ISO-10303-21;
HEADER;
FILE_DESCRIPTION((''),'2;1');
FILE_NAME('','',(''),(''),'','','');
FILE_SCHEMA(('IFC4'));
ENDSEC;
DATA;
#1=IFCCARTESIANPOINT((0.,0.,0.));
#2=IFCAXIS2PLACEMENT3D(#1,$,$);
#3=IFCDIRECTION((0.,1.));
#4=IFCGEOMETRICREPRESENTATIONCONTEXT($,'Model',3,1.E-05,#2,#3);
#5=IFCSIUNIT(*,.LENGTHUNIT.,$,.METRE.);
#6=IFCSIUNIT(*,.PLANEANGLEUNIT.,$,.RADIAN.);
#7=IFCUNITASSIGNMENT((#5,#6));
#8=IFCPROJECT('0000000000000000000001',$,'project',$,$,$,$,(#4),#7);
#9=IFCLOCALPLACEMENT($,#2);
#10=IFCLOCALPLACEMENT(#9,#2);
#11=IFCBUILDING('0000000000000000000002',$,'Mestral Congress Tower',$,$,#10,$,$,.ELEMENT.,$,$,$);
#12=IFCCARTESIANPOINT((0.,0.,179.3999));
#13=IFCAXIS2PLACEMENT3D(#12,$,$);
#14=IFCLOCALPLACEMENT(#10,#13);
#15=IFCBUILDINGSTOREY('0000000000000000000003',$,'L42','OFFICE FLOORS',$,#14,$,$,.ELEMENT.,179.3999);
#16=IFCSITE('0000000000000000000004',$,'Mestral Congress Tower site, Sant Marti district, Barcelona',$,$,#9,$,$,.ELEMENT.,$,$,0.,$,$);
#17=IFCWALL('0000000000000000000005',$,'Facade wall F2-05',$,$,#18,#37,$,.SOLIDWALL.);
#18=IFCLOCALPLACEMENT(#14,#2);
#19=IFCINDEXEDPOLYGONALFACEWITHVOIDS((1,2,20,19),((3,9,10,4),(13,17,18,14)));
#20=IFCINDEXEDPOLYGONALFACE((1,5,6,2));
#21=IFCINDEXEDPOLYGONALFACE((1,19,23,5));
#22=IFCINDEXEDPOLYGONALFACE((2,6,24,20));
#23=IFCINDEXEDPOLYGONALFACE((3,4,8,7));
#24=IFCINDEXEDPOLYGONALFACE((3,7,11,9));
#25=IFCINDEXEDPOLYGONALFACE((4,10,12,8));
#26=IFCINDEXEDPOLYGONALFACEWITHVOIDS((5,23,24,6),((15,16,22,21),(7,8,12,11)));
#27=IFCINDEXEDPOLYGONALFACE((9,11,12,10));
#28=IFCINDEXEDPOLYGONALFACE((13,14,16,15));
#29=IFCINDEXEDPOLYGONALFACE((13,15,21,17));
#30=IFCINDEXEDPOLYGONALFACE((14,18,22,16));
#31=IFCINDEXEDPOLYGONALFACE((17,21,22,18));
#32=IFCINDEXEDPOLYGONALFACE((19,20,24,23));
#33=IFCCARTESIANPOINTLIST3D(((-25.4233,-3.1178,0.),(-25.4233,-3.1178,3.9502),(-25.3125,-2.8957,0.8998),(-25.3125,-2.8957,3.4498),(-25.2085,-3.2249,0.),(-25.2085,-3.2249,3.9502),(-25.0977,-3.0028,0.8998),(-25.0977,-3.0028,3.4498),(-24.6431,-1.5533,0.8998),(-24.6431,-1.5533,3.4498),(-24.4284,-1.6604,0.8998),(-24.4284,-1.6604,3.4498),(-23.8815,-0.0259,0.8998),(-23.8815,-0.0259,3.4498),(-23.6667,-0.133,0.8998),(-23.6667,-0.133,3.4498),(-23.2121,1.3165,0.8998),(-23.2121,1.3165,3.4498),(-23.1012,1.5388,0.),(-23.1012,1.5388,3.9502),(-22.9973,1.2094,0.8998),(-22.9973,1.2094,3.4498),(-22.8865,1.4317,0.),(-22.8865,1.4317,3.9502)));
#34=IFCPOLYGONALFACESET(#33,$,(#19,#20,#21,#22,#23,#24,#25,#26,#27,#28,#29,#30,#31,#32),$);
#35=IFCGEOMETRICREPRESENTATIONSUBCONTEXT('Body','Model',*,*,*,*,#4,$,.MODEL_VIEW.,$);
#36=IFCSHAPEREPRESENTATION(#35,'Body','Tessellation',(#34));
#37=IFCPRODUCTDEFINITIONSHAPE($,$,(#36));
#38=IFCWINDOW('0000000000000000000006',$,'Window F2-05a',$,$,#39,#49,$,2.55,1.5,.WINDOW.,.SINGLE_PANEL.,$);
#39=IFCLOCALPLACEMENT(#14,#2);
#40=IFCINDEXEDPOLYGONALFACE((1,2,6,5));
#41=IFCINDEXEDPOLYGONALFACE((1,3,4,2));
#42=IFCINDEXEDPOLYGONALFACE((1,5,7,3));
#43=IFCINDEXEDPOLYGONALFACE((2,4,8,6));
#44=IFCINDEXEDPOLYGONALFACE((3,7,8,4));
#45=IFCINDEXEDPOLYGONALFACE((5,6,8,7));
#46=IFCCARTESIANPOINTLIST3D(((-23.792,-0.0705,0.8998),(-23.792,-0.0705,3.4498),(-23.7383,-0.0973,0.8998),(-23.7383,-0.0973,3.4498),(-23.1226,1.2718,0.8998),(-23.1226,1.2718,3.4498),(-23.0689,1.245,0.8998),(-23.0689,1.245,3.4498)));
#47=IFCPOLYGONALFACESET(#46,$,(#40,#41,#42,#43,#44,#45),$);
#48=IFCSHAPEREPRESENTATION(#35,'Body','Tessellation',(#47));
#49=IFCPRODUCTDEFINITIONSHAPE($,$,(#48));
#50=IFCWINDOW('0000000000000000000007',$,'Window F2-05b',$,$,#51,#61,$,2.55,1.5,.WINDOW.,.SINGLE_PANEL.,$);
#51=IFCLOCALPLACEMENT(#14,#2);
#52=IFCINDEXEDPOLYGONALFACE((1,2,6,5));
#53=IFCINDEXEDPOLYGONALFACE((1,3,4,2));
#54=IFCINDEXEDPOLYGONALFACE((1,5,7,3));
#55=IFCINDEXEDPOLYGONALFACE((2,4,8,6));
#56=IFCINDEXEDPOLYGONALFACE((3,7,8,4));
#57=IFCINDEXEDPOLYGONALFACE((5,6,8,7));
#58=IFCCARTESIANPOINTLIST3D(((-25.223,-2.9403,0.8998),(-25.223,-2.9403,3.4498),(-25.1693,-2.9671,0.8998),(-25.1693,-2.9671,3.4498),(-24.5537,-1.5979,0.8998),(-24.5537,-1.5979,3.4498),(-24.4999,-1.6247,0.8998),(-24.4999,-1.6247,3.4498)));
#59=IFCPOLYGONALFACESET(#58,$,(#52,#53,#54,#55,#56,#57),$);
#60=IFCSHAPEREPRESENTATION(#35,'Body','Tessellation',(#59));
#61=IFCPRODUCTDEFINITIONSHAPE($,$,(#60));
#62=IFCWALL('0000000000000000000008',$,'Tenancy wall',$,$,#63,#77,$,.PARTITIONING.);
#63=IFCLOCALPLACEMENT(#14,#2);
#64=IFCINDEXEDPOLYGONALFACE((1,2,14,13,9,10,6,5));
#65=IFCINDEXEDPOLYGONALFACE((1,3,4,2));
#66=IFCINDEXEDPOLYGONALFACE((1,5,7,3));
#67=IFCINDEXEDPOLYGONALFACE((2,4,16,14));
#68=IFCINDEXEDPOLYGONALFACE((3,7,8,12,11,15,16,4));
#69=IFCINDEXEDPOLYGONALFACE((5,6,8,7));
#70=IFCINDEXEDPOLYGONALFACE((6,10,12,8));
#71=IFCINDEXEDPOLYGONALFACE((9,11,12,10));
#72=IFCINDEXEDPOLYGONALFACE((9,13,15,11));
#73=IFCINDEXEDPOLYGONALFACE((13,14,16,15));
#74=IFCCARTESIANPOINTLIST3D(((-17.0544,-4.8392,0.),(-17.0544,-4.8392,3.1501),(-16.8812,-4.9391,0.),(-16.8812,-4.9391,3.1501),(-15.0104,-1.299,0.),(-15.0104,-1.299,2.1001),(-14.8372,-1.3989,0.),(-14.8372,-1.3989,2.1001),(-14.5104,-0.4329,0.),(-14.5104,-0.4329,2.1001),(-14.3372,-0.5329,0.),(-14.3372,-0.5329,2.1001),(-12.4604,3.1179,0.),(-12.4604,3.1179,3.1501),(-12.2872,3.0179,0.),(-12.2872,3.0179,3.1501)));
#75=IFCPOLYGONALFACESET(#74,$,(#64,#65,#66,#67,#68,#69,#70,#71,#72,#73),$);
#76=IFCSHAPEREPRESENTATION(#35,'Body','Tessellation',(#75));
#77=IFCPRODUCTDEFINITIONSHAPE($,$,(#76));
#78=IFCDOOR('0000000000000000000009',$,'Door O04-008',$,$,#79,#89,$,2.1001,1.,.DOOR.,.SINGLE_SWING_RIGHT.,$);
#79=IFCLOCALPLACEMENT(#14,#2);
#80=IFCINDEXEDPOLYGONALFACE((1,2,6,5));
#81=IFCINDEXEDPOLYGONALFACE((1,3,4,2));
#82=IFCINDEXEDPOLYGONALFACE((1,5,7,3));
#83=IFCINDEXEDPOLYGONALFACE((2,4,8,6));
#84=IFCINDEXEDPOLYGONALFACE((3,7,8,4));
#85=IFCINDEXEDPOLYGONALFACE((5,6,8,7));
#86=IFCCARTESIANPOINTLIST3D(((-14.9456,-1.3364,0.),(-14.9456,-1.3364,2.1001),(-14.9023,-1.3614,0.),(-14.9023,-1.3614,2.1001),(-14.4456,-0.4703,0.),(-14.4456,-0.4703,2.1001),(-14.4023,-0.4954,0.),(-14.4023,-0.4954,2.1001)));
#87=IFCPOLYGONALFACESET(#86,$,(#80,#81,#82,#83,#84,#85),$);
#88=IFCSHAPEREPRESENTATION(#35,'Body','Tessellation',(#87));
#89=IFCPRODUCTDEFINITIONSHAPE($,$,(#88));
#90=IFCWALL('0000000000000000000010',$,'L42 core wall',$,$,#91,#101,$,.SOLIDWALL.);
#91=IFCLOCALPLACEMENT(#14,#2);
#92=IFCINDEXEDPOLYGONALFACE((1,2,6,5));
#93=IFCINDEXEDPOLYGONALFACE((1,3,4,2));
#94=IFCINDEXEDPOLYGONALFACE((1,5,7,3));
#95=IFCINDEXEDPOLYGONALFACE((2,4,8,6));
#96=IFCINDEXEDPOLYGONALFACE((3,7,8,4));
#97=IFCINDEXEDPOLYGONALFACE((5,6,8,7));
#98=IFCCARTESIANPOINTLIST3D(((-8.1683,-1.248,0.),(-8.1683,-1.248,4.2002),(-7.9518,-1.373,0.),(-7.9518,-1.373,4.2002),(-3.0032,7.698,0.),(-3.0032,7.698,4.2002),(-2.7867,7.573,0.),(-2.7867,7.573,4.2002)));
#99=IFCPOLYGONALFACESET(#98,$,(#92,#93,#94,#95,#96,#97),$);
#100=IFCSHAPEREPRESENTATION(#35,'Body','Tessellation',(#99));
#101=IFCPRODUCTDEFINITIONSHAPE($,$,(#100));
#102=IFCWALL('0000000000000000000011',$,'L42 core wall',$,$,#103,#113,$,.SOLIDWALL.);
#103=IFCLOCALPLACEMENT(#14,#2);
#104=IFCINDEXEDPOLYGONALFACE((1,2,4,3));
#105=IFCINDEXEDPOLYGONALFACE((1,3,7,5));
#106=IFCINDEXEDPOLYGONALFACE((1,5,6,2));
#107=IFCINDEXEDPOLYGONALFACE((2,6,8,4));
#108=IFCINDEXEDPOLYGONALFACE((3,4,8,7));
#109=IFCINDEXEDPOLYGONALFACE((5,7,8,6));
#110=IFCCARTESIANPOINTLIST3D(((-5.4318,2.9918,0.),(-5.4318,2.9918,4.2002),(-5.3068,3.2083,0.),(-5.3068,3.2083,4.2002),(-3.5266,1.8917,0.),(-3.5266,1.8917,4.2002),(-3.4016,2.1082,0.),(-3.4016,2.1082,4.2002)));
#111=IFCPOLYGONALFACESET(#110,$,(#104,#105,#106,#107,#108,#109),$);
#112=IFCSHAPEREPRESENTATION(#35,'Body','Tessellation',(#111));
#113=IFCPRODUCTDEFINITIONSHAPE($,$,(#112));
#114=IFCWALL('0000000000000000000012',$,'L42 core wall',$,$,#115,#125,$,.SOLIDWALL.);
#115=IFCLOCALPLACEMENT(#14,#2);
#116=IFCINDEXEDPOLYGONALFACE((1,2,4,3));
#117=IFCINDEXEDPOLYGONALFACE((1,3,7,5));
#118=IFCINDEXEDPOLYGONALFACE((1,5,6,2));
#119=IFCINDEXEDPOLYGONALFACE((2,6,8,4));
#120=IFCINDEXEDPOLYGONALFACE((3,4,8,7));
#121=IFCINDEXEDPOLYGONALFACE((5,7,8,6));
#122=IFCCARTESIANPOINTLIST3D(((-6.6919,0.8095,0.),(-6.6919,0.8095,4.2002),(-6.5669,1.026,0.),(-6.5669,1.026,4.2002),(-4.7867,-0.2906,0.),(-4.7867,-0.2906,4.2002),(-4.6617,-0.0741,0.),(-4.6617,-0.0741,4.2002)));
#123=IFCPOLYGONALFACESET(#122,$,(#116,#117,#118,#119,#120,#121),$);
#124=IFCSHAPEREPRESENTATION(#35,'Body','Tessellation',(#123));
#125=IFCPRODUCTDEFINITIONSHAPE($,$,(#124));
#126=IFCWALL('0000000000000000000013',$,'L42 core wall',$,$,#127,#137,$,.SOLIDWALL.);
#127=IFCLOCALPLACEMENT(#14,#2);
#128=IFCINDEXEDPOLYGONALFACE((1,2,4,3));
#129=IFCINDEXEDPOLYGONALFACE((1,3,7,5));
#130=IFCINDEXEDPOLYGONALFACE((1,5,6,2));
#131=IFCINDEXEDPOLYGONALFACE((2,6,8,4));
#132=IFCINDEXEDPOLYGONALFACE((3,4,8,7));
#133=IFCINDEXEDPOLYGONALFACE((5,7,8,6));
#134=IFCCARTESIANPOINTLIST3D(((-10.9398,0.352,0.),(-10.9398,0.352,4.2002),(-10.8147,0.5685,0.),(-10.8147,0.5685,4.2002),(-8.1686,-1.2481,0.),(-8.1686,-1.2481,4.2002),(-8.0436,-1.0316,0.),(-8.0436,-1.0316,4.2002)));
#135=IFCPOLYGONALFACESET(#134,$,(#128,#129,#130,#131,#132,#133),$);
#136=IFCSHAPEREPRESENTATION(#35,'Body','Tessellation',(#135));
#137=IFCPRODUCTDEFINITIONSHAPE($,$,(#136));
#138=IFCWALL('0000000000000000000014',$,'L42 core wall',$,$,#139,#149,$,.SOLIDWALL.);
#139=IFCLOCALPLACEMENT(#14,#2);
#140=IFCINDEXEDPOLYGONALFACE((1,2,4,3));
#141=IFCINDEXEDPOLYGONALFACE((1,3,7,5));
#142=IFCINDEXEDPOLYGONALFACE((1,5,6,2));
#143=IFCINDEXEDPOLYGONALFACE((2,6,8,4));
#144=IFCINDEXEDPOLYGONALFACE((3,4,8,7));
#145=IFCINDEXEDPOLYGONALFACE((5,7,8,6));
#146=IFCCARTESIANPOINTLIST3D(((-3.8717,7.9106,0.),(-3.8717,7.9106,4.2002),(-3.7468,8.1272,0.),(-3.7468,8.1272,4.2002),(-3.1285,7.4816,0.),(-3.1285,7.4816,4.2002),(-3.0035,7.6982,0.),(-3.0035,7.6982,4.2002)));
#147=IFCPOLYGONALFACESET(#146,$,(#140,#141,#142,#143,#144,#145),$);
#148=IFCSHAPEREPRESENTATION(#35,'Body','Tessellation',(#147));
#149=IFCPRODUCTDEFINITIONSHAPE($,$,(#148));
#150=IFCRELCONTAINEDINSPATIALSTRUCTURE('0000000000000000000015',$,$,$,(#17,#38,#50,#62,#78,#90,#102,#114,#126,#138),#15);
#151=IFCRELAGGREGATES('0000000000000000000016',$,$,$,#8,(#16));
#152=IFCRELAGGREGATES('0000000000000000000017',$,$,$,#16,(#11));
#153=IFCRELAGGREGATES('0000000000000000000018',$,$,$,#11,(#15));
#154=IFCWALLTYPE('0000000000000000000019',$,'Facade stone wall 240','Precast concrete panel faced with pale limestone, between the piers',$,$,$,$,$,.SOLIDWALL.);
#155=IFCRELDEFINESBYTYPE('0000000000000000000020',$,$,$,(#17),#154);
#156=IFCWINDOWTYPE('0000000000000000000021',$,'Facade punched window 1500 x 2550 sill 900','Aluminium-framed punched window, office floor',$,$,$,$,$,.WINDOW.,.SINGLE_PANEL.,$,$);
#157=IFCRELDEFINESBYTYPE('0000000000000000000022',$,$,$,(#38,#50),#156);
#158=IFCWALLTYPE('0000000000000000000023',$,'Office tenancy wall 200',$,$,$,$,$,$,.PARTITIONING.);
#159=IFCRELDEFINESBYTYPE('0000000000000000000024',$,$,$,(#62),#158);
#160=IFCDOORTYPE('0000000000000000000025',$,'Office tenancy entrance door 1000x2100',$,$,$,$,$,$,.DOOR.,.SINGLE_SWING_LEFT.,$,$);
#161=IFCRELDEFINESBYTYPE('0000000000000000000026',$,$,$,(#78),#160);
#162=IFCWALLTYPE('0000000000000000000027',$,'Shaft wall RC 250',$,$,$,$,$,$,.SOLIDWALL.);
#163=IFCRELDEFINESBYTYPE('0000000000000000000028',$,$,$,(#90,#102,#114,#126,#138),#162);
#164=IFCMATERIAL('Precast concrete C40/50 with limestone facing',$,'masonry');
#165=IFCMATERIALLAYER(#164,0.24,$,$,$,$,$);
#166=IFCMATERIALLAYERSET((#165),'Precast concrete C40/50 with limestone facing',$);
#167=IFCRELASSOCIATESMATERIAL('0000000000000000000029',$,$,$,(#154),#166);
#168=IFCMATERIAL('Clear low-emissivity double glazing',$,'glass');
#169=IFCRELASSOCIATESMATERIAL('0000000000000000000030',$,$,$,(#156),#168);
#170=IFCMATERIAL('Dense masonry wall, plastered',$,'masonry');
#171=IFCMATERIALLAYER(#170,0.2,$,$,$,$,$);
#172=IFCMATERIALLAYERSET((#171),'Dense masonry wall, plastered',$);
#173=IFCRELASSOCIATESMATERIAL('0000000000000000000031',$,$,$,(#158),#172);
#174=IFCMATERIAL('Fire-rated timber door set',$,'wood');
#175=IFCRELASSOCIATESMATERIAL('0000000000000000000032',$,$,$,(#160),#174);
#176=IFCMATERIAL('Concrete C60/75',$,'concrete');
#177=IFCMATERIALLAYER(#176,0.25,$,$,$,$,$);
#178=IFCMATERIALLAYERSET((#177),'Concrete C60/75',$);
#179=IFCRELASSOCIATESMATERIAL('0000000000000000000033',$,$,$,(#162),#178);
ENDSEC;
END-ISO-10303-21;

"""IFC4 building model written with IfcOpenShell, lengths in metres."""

from ifc_helpers import new_model, si_unit, direction, frame, frame_2d, origin, place, context, subcontext, project, spatial, rectangle, extrude, material, layer, layer_set, type_object, element, fill, save


model = new_model("IFC4")

# Units and contexts
model_context = context("Model", 3, precision=1e-05, world=origin(), true_north=direction((0.0, 1.0)))
body_context = subcontext(model_context, "Body", "Model", "MODEL_VIEW")
ifc_project = project(units=[si_unit("LENGTHUNIT", "METRE"), si_unit("PLANEANGLEUNIT", "RADIAN")], contexts=[model_context])

# Site, building, storey
site_placement = place(None, origin())
site = spatial("IfcSite", under=ifc_project, at=site_placement, Name="Mestral Congress Tower site, Sant Marti district, Barcelona", CompositionType="ELEMENT", RefElevation=0.0)
building_placement = place(site_placement, origin())
building = spatial("IfcBuilding", under=site, at=building_placement, Name="Mestral Congress Tower", CompositionType="ELEMENT")
storey_placement = place(building_placement, frame((0.0, 0.0, 179.3999)))
storey = spatial("IfcBuildingStorey", under=building, at=storey_placement, Name="L42", Description="OFFICE FLOORS", CompositionType="ELEMENT", Elevation=179.3999)

# Shared definitions
ifc_material_1 = material(Name="Concrete C60/75", Category="concrete")

# Wall, openings, windows
ifc_material_2 = material(Name="Precast concrete C40/50 with limestone facing", Category="masonry")
ifc_layer_1 = layer(ifc_material_2, 0.24)
ifc_layer_set_1 = layer_set([ifc_layer_1], Name="Precast concrete C40/50 with limestone facing")
wall_type_1 = type_object("IfcWallType", Name="Facade stone wall 240", Description="Precast concrete panel faced with pale limestone, between the piers", PredefinedType="SOLIDWALL", material=ifc_layer_set_1)
ifc_material_3 = material(Name="Clear low-emissivity double glazing", Category="glass")
window_type = type_object("IfcWindowType", Name="Facade punched window 1500 x 2550 sill 900", Description="Aluminium-framed punched window, office floor", PartitioningType="SINGLE_PANEL", PredefinedType="WINDOW", material=ifc_material_3)
wall_1_placement = place(storey_placement, frame((-22.9939, 1.4851, 0.0), z_axis=(0.0, 0.0, 1.0), x_axis=(-0.446256, -0.894905, 0.0)))
wall_1 = element("IfcWall", 1, at=wall_1_placement, inside=storey, type_object=wall_type_1, Name="Facade wall F2-05", PredefinedType="SOLIDWALL", context=body_context, shape_type="SweptSolid", body=[
    extrude(rectangle(XDim=5.2034, YDim=0.24, at=frame_2d((2.6016, 0.0))), origin(), (0.0, 0.0, 1.0), 3.9502),
])
opening_1_placement = place(wall_1_placement, frame((0.2483, 0.0, 0.8999)))
opening_1 = element("IfcOpeningElement", 2, at=opening_1_placement, cuts=wall_1, PredefinedType="OPENING", context=body_context, shape_type="SweptSolid", body=[
    extrude(rectangle(XDim=1.5, YDim=2.55, at=frame_2d((0.75, 1.2749))), frame((0.0, 0.1299, 0.0), z_axis=(0.0, -1.0, 0.0), x_axis=(1.0, 0.0, 0.0)), (0.0, 0.0, 1.0), 0.26),
])
opening_2_placement = place(wall_1_placement, frame((3.4551, 0.0, 0.8999)))
opening_2 = element("IfcOpeningElement", 3, at=opening_2_placement, cuts=wall_1, PredefinedType="OPENING", context=body_context, shape_type="SweptSolid", body=[
    extrude(rectangle(XDim=1.5, YDim=2.55, at=frame_2d((0.75, 1.2749))), frame((0.0, 0.1299, 0.0), z_axis=(0.0, -1.0, 0.0), x_axis=(1.0, 0.0, 0.0)), (0.0, 0.0, 1.0), 0.26),
])
window_1_placement = place(opening_1_placement, origin())
window_1 = element("IfcWindow", 4, at=window_1_placement, inside=storey, type_object=window_type, Name="Window F2-05a", OverallHeight=2.55, OverallWidth=1.5, PartitioningType="SINGLE_PANEL", PredefinedType="WINDOW", context=body_context, shape_type="SweptSolid", body=[
    extrude(rectangle(XDim=1.5, YDim=2.55, at=frame_2d((0.75, 1.2749))), frame((0.0, 0.04, 0.0), z_axis=(0.0, -1.0, 0.0), x_axis=(1.0, 0.0, 0.0)), (0.0, 0.0, 1.0), 0.0601),
])
fill(opening_1, window_1)
window_2_placement = place(opening_2_placement, origin())
window_2 = element("IfcWindow", 5, at=window_2_placement, inside=storey, type_object=window_type, Name="Window F2-05b", OverallHeight=2.55, OverallWidth=1.5, PartitioningType="SINGLE_PANEL", PredefinedType="WINDOW", context=body_context, shape_type="SweptSolid", body=[
    extrude(rectangle(XDim=1.5, YDim=2.55, at=frame_2d((0.75, 1.2749))), frame((0.0, 0.04, 0.0), z_axis=(0.0, -1.0, 0.0), x_axis=(1.0, 0.0, 0.0)), (0.0, 0.0, 1.0), 0.0601),
])
fill(opening_2, window_2)

# Wall, opening, door
ifc_material_4 = material(Name="Dense masonry wall, plastered", Category="masonry")
ifc_layer_2 = layer(ifc_material_4, 0.2)
ifc_layer_set_2 = layer_set([ifc_layer_2], Name="Dense masonry wall, plastered")
wall_type_2 = type_object("IfcWallType", Name="Office tenancy wall 200", PredefinedType="PARTITIONING", material=ifc_layer_set_2)
wall_2_placement = place(storey_placement, frame((-12.3738, 3.0679, 0.0), z_axis=(0.0, 0.0, 1.0), x_axis=(-0.5, -0.866025, 0.0)))
wall_2 = element("IfcWall", 6, at=wall_2_placement, inside=storey, type_object=wall_type_2, Name="Tenancy wall", PredefinedType="PARTITIONING", context=body_context, shape_type="SweptSolid", body=[
    extrude(rectangle(XDim=9.188, YDim=0.2, at=frame_2d((4.594, 0.0))), origin(), (0.0, 0.0, 1.0), 3.1501),
])
opening_3_placement = place(wall_2_placement, frame((4.1001, 0.0, 0.0)))
opening_3 = element("IfcOpeningElement", 7, at=opening_3_placement, cuts=wall_2, PredefinedType="OPENING", context=body_context, shape_type="SweptSolid", body=[
    extrude(rectangle(XDim=1.0, YDim=2.1001, at=frame_2d((0.5, 1.05))), frame((0.0, 0.1099, 0.0), z_axis=(0.0, -1.0, 0.0), x_axis=(1.0, 0.0, 0.0)), (0.0, 0.0, 1.0), 0.22),
])
ifc_material_5 = material(Name="Fire-rated timber door set", Category="wood")
door_type_1 = type_object("IfcDoorType", Name="Office tenancy entrance door 1000x2100", OperationType="SINGLE_SWING_LEFT", PredefinedType="DOOR", material=ifc_material_5)
door_1_placement = place(opening_3_placement, origin())
door_1 = element("IfcDoor", 8, at=door_1_placement, inside=storey, type_object=door_type_1, Name="Door O04-008", OperationType="SINGLE_SWING_RIGHT", OverallHeight=2.1001, OverallWidth=1.0, PredefinedType="DOOR", context=body_context, shape_type="SweptSolid", body=[
    extrude(rectangle(XDim=1.0, YDim=2.1001, at=frame_2d((0.5, 1.05))), frame((0.0, 0.0249, 0.0), z_axis=(0.0, -1.0, 0.0), x_axis=(1.0, 0.0, 0.0)), (0.0, 0.0, 1.0), 0.05),
])
fill(opening_3, door_1)

# Walls
ifc_layer_3 = layer(ifc_material_1, 0.25)
ifc_layer_set_3 = layer_set([ifc_layer_3], Name="Concrete C60/75")
wall_type_3 = type_object("IfcWallType", Name="Shaft wall RC 250", PredefinedType="SOLIDWALL", material=ifc_layer_set_3)
wall_3_placement = place(storey_placement, frame((-8.0601, -1.3105, 0.0), z_axis=(0.0, 0.0, 1.0), x_axis=(0.500003, 0.866024, 0.0)))
element("IfcWall", 9, at=wall_3_placement, inside=storey, type_object=wall_type_3, Name="L42 core wall", PredefinedType="SOLIDWALL", context=body_context, shape_type="SweptSolid", body=[
    extrude(rectangle(XDim=10.3301, YDim=0.25, at=frame_2d((5.165, 0.0))), origin(), (0.0, 0.0, 1.0), 4.2002),
])
for number, where, z_axis, x_axis, name in (
    (10, (-5.3694, 3.1001, 0.0), (0.0, 0.0, 1.0), (0.866008, -0.50003, 0.0), "L42 core wall"),
    (11, (-4.7241, -0.1824, 0.0), (0.0, 0.0, 1.0), (-0.866008, 0.50003, 0.0), "L42 core wall"),
):
    element("IfcWall", number, at=place(storey_placement, frame(where, z_axis=z_axis, x_axis=x_axis)), inside=storey, type_object=wall_type_3, Name=name, PredefinedType="SOLIDWALL", context=body_context, shape_type="SweptSolid", body=[
        extrude(rectangle(XDim=2.2, YDim=0.25, at=frame_2d((1.1001, 0.0))), origin(), (0.0, 0.0, 1.0), 4.2002),
    ])
wall_4_placement = place(storey_placement, frame((-8.106, -1.1399, 0.0), z_axis=(0.0, 0.0, 1.0), x_axis=(-0.866009, 0.500028, 0.0)))
element("IfcWall", 12, at=wall_4_placement, inside=storey, type_object=wall_type_3, Name="L42 core wall", PredefinedType="SOLIDWALL", context=body_context, shape_type="SweptSolid", body=[
    extrude(rectangle(XDim=3.2, YDim=0.25, at=frame_2d((1.6001, 0.0))), origin(), (0.0, 0.0, 1.0), 4.2002),
])
wall_5_placement = place(storey_placement, frame((-3.0659, 7.5898, 0.0), z_axis=(0.0, 0.0, 1.0), x_axis=(-0.866081, 0.499903, 0.0)))
element("IfcWall", 13, at=wall_5_placement, inside=storey, type_object=wall_type_3, Name="L42 core wall", PredefinedType="SOLIDWALL", context=body_context, shape_type="SweptSolid", body=[
    extrude(rectangle(XDim=0.8582, YDim=0.25, at=frame_2d((0.4292, 0.0))), origin(), (0.0, 0.0, 1.0), 4.2002),
])

save(model, "model.ifc")
